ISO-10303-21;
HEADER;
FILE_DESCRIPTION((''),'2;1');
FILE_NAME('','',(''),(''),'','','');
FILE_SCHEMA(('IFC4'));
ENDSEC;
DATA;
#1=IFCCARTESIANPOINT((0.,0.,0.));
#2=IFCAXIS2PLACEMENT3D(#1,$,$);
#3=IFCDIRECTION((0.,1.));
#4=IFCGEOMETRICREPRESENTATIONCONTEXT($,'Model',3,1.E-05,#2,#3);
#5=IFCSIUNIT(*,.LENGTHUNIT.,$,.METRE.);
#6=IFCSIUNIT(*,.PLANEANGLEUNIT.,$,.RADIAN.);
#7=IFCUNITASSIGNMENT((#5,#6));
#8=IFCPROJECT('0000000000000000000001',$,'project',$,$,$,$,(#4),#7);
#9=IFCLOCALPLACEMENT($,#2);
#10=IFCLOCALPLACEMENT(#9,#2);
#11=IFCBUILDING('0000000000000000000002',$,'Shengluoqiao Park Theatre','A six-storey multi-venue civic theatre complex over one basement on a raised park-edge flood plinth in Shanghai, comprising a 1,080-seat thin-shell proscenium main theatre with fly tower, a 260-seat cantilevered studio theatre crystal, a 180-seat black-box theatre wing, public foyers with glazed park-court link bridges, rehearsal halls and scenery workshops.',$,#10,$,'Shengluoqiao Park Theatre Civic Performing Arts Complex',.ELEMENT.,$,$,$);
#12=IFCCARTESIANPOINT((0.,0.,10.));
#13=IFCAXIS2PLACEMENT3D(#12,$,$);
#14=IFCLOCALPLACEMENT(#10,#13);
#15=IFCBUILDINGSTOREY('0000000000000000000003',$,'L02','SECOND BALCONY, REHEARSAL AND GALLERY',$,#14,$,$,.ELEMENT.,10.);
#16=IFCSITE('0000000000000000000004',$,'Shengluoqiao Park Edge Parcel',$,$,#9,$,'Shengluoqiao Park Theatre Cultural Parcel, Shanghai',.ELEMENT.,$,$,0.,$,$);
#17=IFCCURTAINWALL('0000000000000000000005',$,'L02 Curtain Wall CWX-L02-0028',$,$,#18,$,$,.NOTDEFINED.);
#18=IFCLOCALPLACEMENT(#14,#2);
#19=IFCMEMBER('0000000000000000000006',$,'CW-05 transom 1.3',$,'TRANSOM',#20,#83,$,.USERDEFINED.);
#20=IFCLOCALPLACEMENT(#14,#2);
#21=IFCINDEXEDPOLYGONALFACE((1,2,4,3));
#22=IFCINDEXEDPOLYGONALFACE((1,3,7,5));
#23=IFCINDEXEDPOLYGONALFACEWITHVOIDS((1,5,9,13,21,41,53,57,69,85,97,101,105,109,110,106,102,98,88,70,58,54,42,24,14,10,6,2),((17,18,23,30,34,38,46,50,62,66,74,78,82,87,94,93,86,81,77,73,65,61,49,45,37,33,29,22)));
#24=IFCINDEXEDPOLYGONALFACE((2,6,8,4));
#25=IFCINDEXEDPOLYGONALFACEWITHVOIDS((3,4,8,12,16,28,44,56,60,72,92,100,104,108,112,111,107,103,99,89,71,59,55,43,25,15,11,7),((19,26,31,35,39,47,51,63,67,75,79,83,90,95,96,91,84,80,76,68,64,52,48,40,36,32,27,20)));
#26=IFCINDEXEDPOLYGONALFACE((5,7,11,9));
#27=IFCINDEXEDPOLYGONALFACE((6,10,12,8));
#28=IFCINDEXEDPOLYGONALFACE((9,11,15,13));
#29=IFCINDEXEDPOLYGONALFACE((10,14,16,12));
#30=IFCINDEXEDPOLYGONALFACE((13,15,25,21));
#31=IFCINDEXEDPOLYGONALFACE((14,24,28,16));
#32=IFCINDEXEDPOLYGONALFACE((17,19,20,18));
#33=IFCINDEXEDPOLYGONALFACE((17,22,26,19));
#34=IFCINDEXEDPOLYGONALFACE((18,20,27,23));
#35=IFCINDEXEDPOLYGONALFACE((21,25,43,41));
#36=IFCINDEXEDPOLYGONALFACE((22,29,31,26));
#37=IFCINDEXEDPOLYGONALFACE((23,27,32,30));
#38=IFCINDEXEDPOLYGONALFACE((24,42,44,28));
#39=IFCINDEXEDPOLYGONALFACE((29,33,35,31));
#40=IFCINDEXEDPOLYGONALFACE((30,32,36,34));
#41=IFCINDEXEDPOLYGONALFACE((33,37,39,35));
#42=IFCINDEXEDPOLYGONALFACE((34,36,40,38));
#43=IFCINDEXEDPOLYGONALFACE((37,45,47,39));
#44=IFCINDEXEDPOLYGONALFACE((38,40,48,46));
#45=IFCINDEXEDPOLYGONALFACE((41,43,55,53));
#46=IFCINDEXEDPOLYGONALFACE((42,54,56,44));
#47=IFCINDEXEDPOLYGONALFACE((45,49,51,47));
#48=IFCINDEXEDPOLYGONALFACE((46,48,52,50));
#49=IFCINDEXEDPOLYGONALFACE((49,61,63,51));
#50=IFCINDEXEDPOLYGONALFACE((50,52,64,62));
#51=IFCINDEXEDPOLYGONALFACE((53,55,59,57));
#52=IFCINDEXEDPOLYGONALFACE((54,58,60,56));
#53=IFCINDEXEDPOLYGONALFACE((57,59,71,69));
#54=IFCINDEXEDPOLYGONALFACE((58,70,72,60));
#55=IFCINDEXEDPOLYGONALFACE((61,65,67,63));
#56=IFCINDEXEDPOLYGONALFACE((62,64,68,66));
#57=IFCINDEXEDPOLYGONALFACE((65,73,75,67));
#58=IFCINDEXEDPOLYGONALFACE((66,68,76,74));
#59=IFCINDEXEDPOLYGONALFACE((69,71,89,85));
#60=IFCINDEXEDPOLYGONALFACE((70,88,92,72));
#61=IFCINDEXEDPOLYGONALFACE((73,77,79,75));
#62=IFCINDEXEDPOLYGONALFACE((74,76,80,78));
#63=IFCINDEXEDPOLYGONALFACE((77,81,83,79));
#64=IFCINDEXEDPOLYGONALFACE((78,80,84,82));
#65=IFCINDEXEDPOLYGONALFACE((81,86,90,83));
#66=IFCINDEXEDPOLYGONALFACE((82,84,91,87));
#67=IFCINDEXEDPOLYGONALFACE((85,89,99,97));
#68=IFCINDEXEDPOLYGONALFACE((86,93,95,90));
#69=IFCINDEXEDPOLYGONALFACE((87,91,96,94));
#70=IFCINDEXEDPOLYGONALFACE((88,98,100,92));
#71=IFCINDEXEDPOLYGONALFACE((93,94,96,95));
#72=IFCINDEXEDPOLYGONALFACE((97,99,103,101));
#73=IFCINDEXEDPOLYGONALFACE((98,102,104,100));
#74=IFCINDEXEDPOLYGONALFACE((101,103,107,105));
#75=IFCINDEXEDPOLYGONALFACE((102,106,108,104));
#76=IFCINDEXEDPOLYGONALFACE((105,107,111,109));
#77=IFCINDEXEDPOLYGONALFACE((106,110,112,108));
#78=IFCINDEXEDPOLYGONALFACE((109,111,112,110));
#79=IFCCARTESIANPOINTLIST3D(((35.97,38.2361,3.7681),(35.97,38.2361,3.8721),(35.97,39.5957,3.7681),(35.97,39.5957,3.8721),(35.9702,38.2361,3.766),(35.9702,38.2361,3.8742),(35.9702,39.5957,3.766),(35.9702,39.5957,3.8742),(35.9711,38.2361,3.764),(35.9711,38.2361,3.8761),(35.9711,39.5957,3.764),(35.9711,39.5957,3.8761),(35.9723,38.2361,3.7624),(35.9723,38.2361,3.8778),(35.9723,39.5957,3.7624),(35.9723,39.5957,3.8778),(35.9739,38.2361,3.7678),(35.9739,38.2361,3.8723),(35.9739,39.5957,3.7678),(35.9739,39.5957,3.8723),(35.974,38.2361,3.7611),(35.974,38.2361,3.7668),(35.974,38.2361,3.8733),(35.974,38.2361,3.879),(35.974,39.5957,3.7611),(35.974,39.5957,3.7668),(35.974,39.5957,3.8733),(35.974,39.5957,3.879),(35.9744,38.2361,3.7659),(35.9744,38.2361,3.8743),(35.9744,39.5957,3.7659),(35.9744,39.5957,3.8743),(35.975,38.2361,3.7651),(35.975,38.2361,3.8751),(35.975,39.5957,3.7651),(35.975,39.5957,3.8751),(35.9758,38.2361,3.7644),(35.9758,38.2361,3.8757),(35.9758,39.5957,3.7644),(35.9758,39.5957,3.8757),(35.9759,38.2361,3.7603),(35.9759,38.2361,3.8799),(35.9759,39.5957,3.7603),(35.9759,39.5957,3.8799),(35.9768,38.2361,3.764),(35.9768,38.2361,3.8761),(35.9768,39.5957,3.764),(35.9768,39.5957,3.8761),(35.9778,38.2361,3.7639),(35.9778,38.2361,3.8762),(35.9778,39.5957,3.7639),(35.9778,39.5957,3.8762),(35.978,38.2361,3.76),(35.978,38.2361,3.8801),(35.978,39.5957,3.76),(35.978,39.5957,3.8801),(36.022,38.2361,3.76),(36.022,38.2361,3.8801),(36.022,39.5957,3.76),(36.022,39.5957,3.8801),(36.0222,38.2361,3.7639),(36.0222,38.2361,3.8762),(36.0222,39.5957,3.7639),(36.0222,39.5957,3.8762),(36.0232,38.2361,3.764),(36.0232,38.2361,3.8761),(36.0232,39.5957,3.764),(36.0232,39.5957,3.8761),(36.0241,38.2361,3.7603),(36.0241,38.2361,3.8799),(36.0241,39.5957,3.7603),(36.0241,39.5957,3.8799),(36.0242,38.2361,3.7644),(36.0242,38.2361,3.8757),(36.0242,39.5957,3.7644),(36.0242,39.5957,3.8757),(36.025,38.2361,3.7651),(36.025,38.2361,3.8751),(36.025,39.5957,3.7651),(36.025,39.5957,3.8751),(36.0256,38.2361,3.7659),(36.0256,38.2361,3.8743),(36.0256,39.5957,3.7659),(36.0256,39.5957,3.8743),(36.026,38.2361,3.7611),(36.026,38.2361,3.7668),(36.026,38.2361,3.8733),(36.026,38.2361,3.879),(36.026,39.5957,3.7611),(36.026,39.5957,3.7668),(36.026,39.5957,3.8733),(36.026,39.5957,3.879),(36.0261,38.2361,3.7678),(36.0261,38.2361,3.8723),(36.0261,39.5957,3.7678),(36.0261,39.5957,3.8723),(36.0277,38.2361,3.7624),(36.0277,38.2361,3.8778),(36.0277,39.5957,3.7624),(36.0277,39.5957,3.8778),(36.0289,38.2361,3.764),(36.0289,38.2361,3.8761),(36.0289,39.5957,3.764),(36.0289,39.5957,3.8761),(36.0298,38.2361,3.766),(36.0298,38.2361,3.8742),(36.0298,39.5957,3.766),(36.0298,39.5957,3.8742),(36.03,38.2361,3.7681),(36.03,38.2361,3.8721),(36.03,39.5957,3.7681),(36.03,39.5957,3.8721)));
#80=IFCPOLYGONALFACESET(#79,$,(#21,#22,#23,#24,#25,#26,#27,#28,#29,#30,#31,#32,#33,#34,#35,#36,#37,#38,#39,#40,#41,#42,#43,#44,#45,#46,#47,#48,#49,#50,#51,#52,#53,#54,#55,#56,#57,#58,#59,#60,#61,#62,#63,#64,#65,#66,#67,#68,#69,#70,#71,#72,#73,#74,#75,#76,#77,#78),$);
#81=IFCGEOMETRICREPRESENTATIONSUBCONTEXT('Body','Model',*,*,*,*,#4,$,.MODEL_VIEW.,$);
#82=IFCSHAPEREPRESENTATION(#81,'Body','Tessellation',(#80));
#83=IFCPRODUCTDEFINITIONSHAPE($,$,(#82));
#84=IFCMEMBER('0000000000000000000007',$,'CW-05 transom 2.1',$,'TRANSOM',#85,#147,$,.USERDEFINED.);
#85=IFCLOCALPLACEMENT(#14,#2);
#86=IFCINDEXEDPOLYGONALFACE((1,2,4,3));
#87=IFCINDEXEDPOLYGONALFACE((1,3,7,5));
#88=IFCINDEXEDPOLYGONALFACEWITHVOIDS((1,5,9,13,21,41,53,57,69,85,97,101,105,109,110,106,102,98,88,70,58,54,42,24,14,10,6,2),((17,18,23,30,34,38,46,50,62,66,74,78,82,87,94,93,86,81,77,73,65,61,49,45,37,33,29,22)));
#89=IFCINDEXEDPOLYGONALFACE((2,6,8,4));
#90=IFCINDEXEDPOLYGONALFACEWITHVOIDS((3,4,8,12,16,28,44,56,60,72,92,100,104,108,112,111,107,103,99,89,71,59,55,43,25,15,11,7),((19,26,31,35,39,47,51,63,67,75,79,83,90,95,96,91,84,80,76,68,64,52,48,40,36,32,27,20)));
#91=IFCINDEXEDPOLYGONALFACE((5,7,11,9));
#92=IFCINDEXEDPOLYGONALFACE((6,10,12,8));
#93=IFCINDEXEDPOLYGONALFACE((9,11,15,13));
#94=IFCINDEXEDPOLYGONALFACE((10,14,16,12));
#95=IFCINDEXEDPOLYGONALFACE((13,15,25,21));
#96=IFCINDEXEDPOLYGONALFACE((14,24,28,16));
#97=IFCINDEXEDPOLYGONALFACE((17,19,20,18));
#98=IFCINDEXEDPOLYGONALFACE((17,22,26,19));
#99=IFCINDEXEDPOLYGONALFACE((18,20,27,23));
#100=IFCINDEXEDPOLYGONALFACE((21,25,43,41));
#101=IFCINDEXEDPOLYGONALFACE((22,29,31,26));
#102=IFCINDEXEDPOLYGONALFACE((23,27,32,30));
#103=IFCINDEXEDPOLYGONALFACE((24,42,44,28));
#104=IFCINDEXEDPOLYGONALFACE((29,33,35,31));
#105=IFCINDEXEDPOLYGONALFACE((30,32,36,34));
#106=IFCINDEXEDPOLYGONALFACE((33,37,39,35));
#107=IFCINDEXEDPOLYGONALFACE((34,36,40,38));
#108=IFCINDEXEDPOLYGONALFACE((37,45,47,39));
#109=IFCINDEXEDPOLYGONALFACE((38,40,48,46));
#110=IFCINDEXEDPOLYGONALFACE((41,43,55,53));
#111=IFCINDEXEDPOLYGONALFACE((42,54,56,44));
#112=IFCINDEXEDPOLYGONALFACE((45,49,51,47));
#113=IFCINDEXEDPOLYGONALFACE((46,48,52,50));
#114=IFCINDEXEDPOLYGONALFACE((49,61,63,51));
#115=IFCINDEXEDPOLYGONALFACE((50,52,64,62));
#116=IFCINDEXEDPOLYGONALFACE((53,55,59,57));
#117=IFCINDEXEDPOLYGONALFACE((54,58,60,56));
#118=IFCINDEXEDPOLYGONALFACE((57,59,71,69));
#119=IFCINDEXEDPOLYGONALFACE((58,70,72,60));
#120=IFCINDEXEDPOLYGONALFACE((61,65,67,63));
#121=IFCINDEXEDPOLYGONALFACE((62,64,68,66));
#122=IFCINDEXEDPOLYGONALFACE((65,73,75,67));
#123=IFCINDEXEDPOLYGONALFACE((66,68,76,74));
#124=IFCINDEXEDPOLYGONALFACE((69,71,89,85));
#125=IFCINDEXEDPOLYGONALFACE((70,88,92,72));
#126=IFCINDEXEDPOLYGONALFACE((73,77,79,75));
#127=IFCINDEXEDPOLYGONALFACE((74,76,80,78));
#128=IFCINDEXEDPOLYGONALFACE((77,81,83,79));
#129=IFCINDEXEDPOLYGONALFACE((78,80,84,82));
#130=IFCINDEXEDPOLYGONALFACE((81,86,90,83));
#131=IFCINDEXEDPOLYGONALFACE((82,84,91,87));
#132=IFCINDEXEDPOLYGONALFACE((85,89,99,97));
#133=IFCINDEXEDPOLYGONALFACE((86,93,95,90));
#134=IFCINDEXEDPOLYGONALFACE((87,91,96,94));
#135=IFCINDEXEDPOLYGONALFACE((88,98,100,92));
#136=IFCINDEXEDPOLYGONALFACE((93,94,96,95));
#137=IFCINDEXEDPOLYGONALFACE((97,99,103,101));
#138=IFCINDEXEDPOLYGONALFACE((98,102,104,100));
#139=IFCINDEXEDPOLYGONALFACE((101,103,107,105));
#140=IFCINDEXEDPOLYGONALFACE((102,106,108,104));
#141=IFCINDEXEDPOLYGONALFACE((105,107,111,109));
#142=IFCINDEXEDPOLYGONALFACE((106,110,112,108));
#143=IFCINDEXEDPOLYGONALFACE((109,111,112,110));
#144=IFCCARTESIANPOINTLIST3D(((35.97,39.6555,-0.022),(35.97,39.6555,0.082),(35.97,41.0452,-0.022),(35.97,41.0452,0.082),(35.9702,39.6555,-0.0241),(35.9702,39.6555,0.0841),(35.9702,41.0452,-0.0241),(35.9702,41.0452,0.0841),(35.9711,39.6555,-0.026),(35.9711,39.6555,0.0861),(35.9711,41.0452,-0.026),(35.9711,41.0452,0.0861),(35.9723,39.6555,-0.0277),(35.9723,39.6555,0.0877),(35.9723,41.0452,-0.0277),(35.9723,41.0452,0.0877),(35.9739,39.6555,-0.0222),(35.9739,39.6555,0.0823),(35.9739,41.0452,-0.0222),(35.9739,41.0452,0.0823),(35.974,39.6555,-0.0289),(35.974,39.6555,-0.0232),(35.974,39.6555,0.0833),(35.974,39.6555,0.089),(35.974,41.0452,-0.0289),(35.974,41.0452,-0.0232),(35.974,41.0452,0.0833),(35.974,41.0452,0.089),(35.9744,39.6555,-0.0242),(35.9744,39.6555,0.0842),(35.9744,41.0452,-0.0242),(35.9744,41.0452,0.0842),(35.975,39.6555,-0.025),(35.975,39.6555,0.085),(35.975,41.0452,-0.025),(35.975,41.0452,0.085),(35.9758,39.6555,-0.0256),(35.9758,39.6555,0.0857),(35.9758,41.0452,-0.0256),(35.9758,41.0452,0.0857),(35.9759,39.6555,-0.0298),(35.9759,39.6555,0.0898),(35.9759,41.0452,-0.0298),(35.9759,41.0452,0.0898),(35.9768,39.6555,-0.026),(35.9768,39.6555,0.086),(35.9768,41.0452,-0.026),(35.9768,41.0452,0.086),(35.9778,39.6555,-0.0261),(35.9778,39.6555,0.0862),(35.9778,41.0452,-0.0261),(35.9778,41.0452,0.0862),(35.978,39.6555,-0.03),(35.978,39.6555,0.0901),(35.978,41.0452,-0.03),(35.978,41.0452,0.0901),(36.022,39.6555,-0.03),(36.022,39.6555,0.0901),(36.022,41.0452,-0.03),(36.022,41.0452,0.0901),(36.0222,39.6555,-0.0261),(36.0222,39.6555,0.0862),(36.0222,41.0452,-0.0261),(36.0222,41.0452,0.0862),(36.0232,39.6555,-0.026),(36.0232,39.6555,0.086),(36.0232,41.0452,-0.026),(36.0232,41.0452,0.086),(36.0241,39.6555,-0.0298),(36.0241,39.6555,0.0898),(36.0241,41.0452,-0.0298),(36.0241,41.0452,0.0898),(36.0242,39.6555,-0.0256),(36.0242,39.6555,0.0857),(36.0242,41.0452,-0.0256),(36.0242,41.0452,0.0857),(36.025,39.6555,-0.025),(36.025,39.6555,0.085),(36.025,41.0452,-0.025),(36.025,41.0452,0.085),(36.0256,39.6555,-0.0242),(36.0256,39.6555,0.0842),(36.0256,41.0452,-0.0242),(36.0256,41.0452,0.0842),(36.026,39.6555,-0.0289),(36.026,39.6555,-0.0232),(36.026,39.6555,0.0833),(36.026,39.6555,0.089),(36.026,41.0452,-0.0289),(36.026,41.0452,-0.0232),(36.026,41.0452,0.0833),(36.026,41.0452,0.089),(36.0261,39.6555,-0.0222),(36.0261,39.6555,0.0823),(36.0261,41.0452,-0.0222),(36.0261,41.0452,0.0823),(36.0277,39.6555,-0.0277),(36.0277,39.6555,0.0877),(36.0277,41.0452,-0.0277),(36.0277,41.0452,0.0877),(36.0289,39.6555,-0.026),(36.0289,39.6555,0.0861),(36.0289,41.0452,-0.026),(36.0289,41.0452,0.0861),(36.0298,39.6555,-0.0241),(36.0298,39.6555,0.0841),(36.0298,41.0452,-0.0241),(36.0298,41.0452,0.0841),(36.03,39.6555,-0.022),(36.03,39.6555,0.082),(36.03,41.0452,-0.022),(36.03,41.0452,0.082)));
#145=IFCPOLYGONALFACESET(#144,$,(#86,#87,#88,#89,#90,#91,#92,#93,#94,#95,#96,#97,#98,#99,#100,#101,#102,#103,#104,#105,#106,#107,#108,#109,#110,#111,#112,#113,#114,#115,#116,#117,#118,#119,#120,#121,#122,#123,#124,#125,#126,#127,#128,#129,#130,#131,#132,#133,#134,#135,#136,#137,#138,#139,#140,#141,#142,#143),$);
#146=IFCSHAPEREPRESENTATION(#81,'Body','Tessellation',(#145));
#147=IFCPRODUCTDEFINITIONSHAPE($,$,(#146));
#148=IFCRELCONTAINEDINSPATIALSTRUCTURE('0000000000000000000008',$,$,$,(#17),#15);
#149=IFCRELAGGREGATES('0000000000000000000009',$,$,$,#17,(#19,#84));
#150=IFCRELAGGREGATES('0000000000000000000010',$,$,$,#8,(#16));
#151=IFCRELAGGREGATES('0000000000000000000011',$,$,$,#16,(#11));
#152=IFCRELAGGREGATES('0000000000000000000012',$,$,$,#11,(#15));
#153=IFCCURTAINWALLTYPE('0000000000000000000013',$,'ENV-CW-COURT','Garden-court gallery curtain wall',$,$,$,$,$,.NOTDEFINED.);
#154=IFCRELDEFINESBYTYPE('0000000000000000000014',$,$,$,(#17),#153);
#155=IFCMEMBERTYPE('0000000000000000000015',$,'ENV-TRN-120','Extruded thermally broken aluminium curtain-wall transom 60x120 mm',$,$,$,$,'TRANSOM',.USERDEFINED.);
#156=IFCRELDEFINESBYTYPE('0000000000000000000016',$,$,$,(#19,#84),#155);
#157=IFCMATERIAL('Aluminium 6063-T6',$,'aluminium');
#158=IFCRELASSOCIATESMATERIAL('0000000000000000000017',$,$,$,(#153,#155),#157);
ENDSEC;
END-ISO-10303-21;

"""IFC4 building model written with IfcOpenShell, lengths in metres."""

from ifc_helpers import new_model, si_unit, direction, frame, origin, origin_2d, place, context, subcontext, project, spatial, hollow_rectangle, extrude, material, material_profile, profile_set, type_object, element, aggregate, save


model = new_model("IFC4")

# Units and contexts
model_context = context("Model", 3, precision=1e-05, world=origin(), true_north=direction((0.0, 1.0)))
body_context = subcontext(model_context, "Body", "Model", "MODEL_VIEW")
ifc_project = project(units=[si_unit("LENGTHUNIT", "METRE"), si_unit("PLANEANGLEUNIT", "RADIAN")], contexts=[model_context])

# Site, building, storey
site_placement = place(None, origin())
site = spatial("IfcSite", under=ifc_project, at=site_placement, Name="Shengluoqiao Park Edge Parcel", LongName="Shengluoqiao Park Theatre Cultural Parcel, Shanghai", CompositionType="ELEMENT", RefElevation=0.0)
building_placement = place(site_placement, origin())
building = spatial("IfcBuilding", under=site, at=building_placement, Name="Shengluoqiao Park Theatre", Description="A six-storey multi-venue civic theatre complex over one basement on a raised park-edge flood plinth in Shanghai, comprising a 1,080-seat thin-shell proscenium main theatre with fly tower, a 260-seat cantilevered studio theatre crystal, a 180-seat black-box theatre wing, public foyers with glazed park-court link bridges, rehearsal halls and scenery workshops.", LongName="Shengluoqiao Park Theatre Civic Performing Arts Complex", CompositionType="ELEMENT")
storey_placement = place(building_placement, frame((0.0, 0.0, 10.0)))
storey = spatial("IfcBuildingStorey", under=building, at=storey_placement, Name="L02", Description="SECOND BALCONY, REHEARSAL AND GALLERY", CompositionType="ELEMENT", Elevation=10.0)

# Shared definitions
ifc_material_1 = material(Name="Aluminium 6063-T6", Category="aluminium")
curtain_wall_type = type_object("IfcCurtainWallType", Name="ENV-CW-COURT", Description="Garden-court gallery curtain wall", PredefinedType="NOTDEFINED", material=ifc_material_1)

# Curtain wall, members
curtain_wall_1_placement = place(storey_placement, origin())
curtain_wall_1 = element("IfcCurtainWall", 1, at=curtain_wall_1_placement, inside=storey, type_object=curtain_wall_type, Name="L02 Curtain Wall CWX-L02-0028", PredefinedType="NOTDEFINED")
ifc_material_profile_1 = material_profile(ifc_material_1, hollow_rectangle(XDim=0.0601, YDim=0.1201, WallThickness=0.0039, InnerFilletRadius=0.0039, OuterFilletRadius=0.0081, at=origin_2d()), Name="ALU TRANSOM 120x60x4")
ifc_profile_set_1 = profile_set([ifc_material_profile_1], Name="Aluminium 6063-T6")
member_type_1 = type_object("IfcMemberType", Name="ENV-TRN-120", Description="Extruded thermally broken aluminium curtain-wall transom 60x120 mm", ElementType="TRANSOM", PredefinedType="USERDEFINED", material=ifc_profile_set_1)
member_1_placement = place(storey_placement, frame((36.0, 38.2361, 3.8201), z_axis=(0.0, 1.0, 0.0), x_axis=(-1.0, 0.0, 0.0)))
member_1 = element("IfcMember", 2, at=member_1_placement, type_object=member_type_1, Name="CW-05 transom 1.3", ObjectType="TRANSOM", PredefinedType="USERDEFINED", context=body_context, shape_type="SweptSolid", body=[
    extrude(hollow_rectangle(XDim=0.0601, YDim=0.1201, WallThickness=0.0039, InnerFilletRadius=0.0039, OuterFilletRadius=0.0081, at=origin_2d()), origin(), (0.0, 0.0, 1.0), 1.3596),
])
member_2_placement = place(storey_placement, frame((36.0, 39.6555, 0.03), z_axis=(0.0, 1.0, 0.0), x_axis=(-1.0, 0.0, 0.0)))
member_2 = element("IfcMember", 3, at=member_2_placement, type_object=member_type_1, Name="CW-05 transom 2.1", ObjectType="TRANSOM", PredefinedType="USERDEFINED", context=body_context, shape_type="SweptSolid", body=[
    extrude(hollow_rectangle(XDim=0.0601, YDim=0.1201, WallThickness=0.0039, InnerFilletRadius=0.0039, OuterFilletRadius=0.0081, at=origin_2d()), origin(), (0.0, 0.0, 1.0), 1.3896),
])

aggregate(curtain_wall_1, [member_1, member_2])

save(model, "model.ifc")
